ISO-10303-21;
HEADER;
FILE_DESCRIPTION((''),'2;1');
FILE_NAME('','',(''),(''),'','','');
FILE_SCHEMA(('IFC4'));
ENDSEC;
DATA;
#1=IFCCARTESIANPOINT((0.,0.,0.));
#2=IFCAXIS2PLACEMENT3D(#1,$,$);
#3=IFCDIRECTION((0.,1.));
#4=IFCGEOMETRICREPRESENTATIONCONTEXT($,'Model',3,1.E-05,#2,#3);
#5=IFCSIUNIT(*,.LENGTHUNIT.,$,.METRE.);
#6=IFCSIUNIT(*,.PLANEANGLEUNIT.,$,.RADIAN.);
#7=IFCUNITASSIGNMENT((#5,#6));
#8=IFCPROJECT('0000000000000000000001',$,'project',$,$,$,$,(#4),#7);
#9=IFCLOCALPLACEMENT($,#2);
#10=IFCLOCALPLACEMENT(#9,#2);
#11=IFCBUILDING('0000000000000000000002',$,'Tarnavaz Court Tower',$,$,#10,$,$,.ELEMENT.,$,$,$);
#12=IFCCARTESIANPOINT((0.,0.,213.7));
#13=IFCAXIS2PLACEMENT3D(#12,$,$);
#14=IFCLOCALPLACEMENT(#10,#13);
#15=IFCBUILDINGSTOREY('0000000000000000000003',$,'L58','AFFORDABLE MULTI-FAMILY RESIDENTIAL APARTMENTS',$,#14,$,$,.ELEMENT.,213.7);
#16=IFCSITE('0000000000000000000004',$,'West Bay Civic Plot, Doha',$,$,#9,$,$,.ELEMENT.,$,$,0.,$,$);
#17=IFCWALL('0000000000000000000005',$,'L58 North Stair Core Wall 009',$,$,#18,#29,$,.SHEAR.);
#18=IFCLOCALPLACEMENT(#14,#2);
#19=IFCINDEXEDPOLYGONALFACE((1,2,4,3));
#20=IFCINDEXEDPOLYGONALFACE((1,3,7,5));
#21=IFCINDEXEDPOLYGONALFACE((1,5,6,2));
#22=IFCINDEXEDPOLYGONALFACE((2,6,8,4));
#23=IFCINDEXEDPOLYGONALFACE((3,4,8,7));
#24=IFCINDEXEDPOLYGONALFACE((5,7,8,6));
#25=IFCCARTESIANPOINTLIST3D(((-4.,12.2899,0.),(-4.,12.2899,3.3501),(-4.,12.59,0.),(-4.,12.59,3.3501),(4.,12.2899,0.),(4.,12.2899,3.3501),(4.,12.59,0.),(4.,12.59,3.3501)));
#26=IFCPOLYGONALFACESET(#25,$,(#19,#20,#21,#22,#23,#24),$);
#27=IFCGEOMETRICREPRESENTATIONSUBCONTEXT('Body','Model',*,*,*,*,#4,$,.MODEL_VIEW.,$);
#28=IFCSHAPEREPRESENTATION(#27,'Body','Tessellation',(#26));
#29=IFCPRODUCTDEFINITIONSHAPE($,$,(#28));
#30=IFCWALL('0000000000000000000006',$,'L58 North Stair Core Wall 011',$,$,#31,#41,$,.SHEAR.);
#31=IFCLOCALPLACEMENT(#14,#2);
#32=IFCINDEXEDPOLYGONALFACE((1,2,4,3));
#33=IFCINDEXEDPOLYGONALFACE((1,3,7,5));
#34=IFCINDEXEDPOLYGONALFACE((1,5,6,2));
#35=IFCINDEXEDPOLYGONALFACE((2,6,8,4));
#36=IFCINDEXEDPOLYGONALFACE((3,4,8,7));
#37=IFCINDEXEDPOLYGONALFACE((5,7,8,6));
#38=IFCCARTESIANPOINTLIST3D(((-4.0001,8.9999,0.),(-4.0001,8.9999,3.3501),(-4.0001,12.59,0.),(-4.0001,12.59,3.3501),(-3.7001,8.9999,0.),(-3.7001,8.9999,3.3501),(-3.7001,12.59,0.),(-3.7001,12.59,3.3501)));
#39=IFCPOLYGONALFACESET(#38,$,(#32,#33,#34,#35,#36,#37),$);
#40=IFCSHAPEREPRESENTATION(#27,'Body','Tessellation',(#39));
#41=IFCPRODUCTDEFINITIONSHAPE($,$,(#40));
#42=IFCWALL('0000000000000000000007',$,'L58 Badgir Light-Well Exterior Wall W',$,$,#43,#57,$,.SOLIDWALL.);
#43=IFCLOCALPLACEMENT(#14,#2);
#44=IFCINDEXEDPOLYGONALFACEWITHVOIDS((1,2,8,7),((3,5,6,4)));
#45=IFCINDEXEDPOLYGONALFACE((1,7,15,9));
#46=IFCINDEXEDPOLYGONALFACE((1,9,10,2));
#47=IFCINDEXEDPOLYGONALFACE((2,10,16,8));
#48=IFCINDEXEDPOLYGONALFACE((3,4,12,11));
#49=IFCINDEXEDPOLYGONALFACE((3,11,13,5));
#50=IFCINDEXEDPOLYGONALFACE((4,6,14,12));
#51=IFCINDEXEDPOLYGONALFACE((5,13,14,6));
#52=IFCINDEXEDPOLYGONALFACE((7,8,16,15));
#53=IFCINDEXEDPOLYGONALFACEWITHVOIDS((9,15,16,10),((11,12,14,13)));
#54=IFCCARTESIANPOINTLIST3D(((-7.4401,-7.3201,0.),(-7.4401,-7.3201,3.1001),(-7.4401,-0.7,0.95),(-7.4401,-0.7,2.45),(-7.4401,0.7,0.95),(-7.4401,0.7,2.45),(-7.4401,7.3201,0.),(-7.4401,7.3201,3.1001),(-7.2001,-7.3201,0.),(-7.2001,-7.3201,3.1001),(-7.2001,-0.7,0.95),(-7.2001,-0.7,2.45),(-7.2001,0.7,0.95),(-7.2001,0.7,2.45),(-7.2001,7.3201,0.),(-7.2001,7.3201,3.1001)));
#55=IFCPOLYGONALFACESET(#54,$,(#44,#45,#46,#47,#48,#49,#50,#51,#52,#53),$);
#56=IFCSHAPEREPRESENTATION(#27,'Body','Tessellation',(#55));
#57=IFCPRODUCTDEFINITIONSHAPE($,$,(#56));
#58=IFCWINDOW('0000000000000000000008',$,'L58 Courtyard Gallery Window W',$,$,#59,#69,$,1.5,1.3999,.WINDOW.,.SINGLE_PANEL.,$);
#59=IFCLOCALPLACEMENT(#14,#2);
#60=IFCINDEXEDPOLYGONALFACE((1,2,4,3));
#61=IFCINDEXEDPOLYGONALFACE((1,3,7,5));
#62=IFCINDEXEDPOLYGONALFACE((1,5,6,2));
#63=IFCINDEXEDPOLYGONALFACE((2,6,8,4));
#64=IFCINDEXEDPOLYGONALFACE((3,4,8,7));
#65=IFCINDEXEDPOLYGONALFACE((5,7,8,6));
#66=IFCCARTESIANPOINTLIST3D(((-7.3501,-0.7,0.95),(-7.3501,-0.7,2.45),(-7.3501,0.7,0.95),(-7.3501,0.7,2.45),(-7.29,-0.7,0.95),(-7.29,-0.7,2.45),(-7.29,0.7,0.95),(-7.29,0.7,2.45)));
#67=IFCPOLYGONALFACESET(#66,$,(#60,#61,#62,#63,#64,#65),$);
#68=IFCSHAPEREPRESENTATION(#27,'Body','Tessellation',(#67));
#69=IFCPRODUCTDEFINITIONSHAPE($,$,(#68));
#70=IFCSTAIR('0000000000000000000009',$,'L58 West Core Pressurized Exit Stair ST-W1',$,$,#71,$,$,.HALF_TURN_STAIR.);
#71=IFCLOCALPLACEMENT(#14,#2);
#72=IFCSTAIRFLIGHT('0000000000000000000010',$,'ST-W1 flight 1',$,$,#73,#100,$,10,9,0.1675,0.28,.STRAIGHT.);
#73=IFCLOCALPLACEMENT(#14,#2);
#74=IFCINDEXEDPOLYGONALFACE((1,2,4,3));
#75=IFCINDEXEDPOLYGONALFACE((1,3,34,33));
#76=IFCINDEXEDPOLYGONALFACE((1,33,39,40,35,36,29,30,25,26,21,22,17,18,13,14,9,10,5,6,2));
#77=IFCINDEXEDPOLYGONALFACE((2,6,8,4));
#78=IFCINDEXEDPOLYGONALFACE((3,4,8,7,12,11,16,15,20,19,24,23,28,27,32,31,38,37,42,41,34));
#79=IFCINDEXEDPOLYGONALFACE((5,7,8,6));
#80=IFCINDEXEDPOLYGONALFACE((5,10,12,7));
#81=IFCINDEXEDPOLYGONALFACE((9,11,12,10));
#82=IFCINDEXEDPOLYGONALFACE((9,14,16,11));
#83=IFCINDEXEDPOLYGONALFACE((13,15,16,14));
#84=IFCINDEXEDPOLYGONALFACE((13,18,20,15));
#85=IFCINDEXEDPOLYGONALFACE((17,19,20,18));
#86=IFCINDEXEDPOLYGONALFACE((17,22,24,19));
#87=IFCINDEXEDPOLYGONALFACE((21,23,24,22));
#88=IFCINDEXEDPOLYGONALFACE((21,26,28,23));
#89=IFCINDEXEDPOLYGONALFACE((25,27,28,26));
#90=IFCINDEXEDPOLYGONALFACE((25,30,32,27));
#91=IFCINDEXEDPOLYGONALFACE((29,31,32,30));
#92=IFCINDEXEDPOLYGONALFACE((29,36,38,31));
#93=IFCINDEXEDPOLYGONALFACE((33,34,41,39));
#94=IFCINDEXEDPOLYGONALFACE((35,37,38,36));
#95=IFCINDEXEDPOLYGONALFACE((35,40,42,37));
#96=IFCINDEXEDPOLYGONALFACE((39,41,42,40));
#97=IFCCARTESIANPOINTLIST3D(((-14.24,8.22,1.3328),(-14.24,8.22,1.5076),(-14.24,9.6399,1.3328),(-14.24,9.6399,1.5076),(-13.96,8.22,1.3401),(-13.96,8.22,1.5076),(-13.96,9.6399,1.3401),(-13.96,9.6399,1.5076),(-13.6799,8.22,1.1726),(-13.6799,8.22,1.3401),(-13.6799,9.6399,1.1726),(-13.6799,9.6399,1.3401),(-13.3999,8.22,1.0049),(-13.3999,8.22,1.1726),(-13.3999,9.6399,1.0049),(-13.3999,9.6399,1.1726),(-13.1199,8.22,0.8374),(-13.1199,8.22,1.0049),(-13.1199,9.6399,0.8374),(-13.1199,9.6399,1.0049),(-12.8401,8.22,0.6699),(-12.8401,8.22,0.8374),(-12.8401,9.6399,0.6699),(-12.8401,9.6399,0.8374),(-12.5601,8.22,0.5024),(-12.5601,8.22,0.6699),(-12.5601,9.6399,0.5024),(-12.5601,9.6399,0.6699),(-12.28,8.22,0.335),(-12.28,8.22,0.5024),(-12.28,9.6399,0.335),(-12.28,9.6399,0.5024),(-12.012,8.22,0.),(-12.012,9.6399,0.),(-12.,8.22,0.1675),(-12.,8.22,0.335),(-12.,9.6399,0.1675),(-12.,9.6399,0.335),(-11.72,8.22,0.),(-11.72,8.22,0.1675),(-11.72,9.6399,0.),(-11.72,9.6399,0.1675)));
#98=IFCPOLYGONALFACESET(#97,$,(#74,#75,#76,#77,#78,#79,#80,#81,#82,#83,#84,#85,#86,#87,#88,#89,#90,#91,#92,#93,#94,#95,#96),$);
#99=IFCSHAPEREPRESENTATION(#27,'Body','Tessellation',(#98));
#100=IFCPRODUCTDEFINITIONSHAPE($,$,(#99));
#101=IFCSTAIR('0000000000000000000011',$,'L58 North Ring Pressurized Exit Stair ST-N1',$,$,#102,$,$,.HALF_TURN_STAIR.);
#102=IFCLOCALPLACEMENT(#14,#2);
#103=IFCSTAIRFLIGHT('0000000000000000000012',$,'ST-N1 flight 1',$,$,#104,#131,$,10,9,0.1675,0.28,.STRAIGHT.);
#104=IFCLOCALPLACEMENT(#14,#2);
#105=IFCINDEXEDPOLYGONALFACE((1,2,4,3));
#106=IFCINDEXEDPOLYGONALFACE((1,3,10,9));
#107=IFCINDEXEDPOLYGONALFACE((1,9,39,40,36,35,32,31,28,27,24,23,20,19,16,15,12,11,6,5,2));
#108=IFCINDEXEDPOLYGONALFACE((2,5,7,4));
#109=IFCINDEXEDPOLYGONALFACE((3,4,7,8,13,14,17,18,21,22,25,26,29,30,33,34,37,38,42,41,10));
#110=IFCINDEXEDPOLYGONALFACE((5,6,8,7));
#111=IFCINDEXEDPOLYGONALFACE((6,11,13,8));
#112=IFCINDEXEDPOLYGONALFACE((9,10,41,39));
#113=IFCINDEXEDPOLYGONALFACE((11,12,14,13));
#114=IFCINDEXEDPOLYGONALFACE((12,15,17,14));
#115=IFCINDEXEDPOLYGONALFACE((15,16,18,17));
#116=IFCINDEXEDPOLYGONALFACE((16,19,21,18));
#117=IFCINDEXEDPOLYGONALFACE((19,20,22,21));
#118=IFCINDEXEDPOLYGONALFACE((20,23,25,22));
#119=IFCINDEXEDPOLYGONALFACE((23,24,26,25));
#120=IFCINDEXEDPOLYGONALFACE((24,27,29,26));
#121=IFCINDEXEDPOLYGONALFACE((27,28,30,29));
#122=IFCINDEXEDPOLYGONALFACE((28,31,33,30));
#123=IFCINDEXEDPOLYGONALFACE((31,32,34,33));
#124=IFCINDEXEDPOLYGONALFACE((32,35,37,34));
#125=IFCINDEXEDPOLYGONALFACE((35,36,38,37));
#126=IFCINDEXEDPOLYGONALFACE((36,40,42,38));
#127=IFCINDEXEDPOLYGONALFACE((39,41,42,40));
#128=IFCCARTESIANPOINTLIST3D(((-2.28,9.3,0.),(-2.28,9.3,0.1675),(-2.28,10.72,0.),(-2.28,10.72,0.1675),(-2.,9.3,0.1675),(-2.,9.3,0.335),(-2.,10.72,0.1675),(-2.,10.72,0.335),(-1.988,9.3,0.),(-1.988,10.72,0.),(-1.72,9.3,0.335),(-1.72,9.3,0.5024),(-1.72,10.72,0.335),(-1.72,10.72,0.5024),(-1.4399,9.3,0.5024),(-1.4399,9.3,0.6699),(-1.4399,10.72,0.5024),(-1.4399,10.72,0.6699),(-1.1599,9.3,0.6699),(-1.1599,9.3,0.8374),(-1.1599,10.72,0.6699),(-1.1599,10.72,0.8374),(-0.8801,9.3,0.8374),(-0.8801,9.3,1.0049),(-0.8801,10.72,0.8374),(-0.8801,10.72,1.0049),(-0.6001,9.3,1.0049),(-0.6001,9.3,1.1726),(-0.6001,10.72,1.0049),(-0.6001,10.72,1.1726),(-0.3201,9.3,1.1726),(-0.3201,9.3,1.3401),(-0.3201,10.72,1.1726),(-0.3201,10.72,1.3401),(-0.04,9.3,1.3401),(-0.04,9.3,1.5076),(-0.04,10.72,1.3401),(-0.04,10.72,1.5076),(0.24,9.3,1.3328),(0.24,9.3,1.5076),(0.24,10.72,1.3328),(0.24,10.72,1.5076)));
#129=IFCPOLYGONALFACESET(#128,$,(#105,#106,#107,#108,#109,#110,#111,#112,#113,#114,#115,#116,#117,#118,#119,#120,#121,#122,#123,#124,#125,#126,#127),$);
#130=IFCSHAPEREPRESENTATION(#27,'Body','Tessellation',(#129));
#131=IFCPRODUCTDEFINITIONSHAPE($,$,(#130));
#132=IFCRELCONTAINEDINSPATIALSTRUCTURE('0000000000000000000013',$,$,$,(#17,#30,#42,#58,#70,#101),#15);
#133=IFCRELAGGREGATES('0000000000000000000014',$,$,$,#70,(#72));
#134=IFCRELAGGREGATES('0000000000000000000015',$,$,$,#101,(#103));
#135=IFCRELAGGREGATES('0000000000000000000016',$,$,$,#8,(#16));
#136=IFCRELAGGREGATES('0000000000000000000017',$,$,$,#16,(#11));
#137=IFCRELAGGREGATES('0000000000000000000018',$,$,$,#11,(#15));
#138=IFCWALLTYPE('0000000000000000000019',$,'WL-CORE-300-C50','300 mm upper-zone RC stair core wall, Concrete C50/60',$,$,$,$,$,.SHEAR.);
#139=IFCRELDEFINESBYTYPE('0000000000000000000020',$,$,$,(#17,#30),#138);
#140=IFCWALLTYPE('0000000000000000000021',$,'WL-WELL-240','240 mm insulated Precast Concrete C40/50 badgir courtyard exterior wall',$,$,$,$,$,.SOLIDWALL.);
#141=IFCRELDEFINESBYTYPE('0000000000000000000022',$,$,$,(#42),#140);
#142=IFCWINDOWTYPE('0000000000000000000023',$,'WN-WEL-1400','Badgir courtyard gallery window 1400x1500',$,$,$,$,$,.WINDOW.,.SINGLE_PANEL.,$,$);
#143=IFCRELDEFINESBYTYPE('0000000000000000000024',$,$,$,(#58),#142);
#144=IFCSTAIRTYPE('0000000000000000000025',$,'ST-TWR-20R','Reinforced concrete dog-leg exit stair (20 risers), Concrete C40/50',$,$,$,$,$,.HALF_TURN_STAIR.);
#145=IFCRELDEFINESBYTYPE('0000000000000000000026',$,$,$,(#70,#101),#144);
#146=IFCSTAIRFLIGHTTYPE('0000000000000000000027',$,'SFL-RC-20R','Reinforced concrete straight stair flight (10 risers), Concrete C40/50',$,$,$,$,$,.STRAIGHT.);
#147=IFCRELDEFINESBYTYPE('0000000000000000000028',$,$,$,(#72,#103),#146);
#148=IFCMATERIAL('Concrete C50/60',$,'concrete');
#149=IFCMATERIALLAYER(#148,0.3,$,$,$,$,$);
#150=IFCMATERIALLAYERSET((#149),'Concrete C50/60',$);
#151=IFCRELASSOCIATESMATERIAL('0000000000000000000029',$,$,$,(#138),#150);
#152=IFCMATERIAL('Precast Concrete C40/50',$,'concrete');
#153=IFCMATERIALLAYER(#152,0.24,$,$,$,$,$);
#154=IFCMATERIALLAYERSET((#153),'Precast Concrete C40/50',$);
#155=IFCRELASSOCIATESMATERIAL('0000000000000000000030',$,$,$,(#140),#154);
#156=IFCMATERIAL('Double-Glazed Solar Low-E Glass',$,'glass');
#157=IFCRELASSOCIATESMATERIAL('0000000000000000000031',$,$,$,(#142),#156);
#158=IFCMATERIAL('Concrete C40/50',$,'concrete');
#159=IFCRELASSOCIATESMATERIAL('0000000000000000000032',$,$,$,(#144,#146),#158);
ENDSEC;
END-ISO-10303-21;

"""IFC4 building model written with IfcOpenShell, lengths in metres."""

from ifc_helpers import new_model, si_unit, direction, frame, frame_2d, origin, place, context, subcontext, project, spatial, polyline, rectangle, outline, extrude, material, layer, layer_set, type_object, element, fill, aggregate, save


model = new_model("IFC4")

# Units and contexts
model_context = context("Model", 3, precision=1e-05, world=origin(), true_north=direction((0.0, 1.0)))
body_context = subcontext(model_context, "Body", "Model", "MODEL_VIEW")
ifc_project = project(units=[si_unit("LENGTHUNIT", "METRE"), si_unit("PLANEANGLEUNIT", "RADIAN")], contexts=[model_context])

# Site, building, storey
site_placement = place(None, origin())
site = spatial("IfcSite", under=ifc_project, at=site_placement, Name="West Bay Civic Plot, Doha", CompositionType="ELEMENT", RefElevation=0.0)
building_placement = place(site_placement, origin())
building = spatial("IfcBuilding", under=site, at=building_placement, Name="Tarnavaz Court Tower", CompositionType="ELEMENT")
storey_placement = place(building_placement, frame((0.0, 0.0, 213.7)))
storey = spatial("IfcBuildingStorey", under=building, at=storey_placement, Name="L58", Description="AFFORDABLE MULTI-FAMILY RESIDENTIAL APARTMENTS", CompositionType="ELEMENT", Elevation=213.7)

# Shared definitions
ifc_material_1 = material(Name="Concrete C50/60", Category="concrete")

# Wall
ifc_layer_1 = layer(ifc_material_1, 0.3)
ifc_layer_set_1 = layer_set([ifc_layer_1], Name="Concrete C50/60")
wall_type_1 = type_object("IfcWallType", Name="WL-CORE-300-C50", Description="300 mm upper-zone RC stair core wall, Concrete C50/60", PredefinedType="SHEAR", material=ifc_layer_set_1)
wall_1_placement = place(storey_placement, frame((-4.0, 12.4399, 0.0), z_axis=(0.0, 0.0, 1.0), x_axis=(1.0, 0.0, 0.0)))
element("IfcWall", 1, at=wall_1_placement, inside=storey, type_object=wall_type_1, Name="L58 North Stair Core Wall 009", PredefinedType="SHEAR", context=body_context, shape_type="SweptSolid", body=[
    extrude(rectangle(XDim=8.0, YDim=0.3, at=frame_2d((4.0, 0.0))), origin(), (0.0, 0.0, 1.0), 3.3501),
])

# Wall
wall_2_placement = place(storey_placement, frame((-3.8501, 9.0, 0.0), z_axis=(0.0, 0.0, 1.0), x_axis=(0.0, 1.0, 0.0)))
element("IfcWall", 2, at=wall_2_placement, inside=storey, type_object=wall_type_1, Name="L58 North Stair Core Wall 011", PredefinedType="SHEAR", context=body_context, shape_type="SweptSolid", body=[
    extrude(rectangle(XDim=3.5901, YDim=0.3, at=frame_2d((1.7949, 0.0))), origin(), (0.0, 0.0, 1.0), 3.3501),
])

# Wall, opening, window
ifc_material_2 = material(Name="Precast Concrete C40/50", Category="concrete")
ifc_layer_2 = layer(ifc_material_2, 0.24)
ifc_layer_set_2 = layer_set([ifc_layer_2], Name="Precast Concrete C40/50")
wall_type_2 = type_object("IfcWallType", Name="WL-WELL-240", Description="240 mm insulated Precast Concrete C40/50 badgir courtyard exterior wall", PredefinedType="SOLIDWALL", material=ifc_layer_set_2)
wall_3_placement = place(storey_placement, frame((-7.3201, 7.3201, 0.0), z_axis=(0.0, 0.0, 1.0), x_axis=(0.0, -1.0, 0.0)))
wall_3 = element("IfcWall", 3, at=wall_3_placement, inside=storey, type_object=wall_type_2, Name="L58 Badgir Light-Well Exterior Wall W", PredefinedType="SOLIDWALL", context=body_context, shape_type="SweptSolid", body=[
    extrude(rectangle(XDim=14.6401, YDim=0.24, at=frame_2d((7.3201, 0.0))), origin(), (0.0, 0.0, 1.0), 3.1001),
])
opening_1_placement = place(wall_3_placement, frame((6.6201, 0.0, 0.95)))
opening_1 = element("IfcOpeningElement", 4, at=opening_1_placement, cuts=wall_3, PredefinedType="OPENING", context=body_context, shape_type="SweptSolid", body=[
    extrude(rectangle(XDim=1.3999, YDim=1.5, at=frame_2d((0.7, 0.75))), frame((0.0, 0.1299, 0.0), z_axis=(0.0, -1.0, 0.0), x_axis=(1.0, 0.0, 0.0)), (0.0, 0.0, 1.0), 0.26),
])
ifc_material_3 = material(Name="Double-Glazed Solar Low-E Glass", Category="glass")
window_type = type_object("IfcWindowType", Name="WN-WEL-1400", Description="Badgir courtyard gallery window 1400x1500", PartitioningType="SINGLE_PANEL", PredefinedType="WINDOW", material=ifc_material_3)
window_placement = place(opening_1_placement, origin())
window = element("IfcWindow", 5, at=window_placement, inside=storey, type_object=window_type, Name="L58 Courtyard Gallery Window W", OverallHeight=1.5, OverallWidth=1.3999, PartitioningType="SINGLE_PANEL", PredefinedType="WINDOW", context=body_context, shape_type="SweptSolid", body=[
    extrude(rectangle(XDim=1.3999, YDim=1.5, at=frame_2d((0.7, 0.75))), frame((0.0, 0.03, 0.0), z_axis=(0.0, -1.0, 0.0), x_axis=(1.0, 0.0, 0.0)), (0.0, 0.0, 1.0), 0.0601),
])
fill(opening_1, window)

# Stairs, stair flights
ifc_material_4 = material(Name="Concrete C40/50", Category="concrete")
stair_type = type_object("IfcStairType", Name="ST-TWR-20R", Description="Reinforced concrete dog-leg exit stair (20 risers), Concrete C40/50", PredefinedType="HALF_TURN_STAIR", material=ifc_material_4)
stair_1_placement = place(storey_placement, origin())
stair_1 = element("IfcStair", 6, at=stair_1_placement, inside=storey, type_object=stair_type, Name="L58 West Core Pressurized Exit Stair ST-W1", PredefinedType="HALF_TURN_STAIR")
stair_flight_type = type_object("IfcStairFlightType", Name="SFL-RC-20R", Description="Reinforced concrete straight stair flight (10 risers), Concrete C40/50", PredefinedType="STRAIGHT", material=ifc_material_4)
stair_flight_1_placement = place(storey_placement, frame((-11.72, 8.9299, 0.0), z_axis=(0.0, 0.0, 1.0), x_axis=(-1.0, 0.0, 0.0)))
stair_flight_1 = element("IfcStairFlight", 7, at=stair_flight_1_placement, type_object=stair_flight_type, Name="ST-W1 flight 1", NumberOfRisers=10, NumberOfTreads=9, PredefinedType="STRAIGHT", RiserHeight=0.1675, TreadLength=0.28, context=body_context, shape_type="SweptSolid", body=[
    extrude(outline(polyline([(0.0, 0.0), (0.0, 0.1675), (0.28, 0.1675), (0.28, 0.335), (0.5601, 0.335), (0.5601, 0.5024), (0.8401, 0.5024), (0.8401, 0.6699), (1.1201, 0.6699), (1.1201, 0.8374), (1.3999, 0.8374), (1.3999, 1.0049), (1.6799, 1.0049), (1.6799, 1.1726), (1.96, 1.1726), (1.96, 1.3401), (2.24, 1.3401), (2.24, 1.5076), (2.52, 1.5076), (2.52, 1.675), (2.52, 1.3328), (0.292, 0.0), (0.0, 0.0)])), frame((0.0, 0.71, 0.0), z_axis=(0.0, -1.0, 0.0), x_axis=(1.0, 0.0, 0.0)), (0.0, 0.0, 1.0), 1.4199),
])
aggregate(stair_1, [stair_flight_1])
stair_2_placement = place(storey_placement, origin())
stair_2 = element("IfcStair", 8, at=stair_2_placement, inside=storey, type_object=stair_type, Name="L58 North Ring Pressurized Exit Stair ST-N1", PredefinedType="HALF_TURN_STAIR")
stair_flight_2_placement = place(storey_placement, frame((-2.28, 10.01, 0.0), z_axis=(0.0, 0.0, 1.0), x_axis=(1.0, 0.0, 0.0)))
stair_flight_2 = element("IfcStairFlight", 9, at=stair_flight_2_placement, type_object=stair_flight_type, Name="ST-N1 flight 1", NumberOfRisers=10, NumberOfTreads=9, PredefinedType="STRAIGHT", RiserHeight=0.1675, TreadLength=0.28, context=body_context, shape_type="SweptSolid", body=[
    extrude(outline(polyline([(0.0, 0.0), (0.0, 0.1675), (0.28, 0.1675), (0.28, 0.335), (0.5601, 0.335), (0.5601, 0.5024), (0.8401, 0.5024), (0.8401, 0.6699), (1.1201, 0.6699), (1.1201, 0.8374), (1.3999, 0.8374), (1.3999, 1.0049), (1.6799, 1.0049), (1.6799, 1.1726), (1.96, 1.1726), (1.96, 1.3401), (2.24, 1.3401), (2.24, 1.5076), (2.52, 1.5076), (2.52, 1.675), (2.52, 1.3328), (0.292, 0.0), (0.0, 0.0)])), frame((0.0, 0.71, 0.0), z_axis=(0.0, -1.0, 0.0), x_axis=(1.0, 0.0, 0.0)), (0.0, 0.0, 1.0), 1.4199),
])
aggregate(stair_2, [stair_flight_2])

save(model, "model.ifc")
